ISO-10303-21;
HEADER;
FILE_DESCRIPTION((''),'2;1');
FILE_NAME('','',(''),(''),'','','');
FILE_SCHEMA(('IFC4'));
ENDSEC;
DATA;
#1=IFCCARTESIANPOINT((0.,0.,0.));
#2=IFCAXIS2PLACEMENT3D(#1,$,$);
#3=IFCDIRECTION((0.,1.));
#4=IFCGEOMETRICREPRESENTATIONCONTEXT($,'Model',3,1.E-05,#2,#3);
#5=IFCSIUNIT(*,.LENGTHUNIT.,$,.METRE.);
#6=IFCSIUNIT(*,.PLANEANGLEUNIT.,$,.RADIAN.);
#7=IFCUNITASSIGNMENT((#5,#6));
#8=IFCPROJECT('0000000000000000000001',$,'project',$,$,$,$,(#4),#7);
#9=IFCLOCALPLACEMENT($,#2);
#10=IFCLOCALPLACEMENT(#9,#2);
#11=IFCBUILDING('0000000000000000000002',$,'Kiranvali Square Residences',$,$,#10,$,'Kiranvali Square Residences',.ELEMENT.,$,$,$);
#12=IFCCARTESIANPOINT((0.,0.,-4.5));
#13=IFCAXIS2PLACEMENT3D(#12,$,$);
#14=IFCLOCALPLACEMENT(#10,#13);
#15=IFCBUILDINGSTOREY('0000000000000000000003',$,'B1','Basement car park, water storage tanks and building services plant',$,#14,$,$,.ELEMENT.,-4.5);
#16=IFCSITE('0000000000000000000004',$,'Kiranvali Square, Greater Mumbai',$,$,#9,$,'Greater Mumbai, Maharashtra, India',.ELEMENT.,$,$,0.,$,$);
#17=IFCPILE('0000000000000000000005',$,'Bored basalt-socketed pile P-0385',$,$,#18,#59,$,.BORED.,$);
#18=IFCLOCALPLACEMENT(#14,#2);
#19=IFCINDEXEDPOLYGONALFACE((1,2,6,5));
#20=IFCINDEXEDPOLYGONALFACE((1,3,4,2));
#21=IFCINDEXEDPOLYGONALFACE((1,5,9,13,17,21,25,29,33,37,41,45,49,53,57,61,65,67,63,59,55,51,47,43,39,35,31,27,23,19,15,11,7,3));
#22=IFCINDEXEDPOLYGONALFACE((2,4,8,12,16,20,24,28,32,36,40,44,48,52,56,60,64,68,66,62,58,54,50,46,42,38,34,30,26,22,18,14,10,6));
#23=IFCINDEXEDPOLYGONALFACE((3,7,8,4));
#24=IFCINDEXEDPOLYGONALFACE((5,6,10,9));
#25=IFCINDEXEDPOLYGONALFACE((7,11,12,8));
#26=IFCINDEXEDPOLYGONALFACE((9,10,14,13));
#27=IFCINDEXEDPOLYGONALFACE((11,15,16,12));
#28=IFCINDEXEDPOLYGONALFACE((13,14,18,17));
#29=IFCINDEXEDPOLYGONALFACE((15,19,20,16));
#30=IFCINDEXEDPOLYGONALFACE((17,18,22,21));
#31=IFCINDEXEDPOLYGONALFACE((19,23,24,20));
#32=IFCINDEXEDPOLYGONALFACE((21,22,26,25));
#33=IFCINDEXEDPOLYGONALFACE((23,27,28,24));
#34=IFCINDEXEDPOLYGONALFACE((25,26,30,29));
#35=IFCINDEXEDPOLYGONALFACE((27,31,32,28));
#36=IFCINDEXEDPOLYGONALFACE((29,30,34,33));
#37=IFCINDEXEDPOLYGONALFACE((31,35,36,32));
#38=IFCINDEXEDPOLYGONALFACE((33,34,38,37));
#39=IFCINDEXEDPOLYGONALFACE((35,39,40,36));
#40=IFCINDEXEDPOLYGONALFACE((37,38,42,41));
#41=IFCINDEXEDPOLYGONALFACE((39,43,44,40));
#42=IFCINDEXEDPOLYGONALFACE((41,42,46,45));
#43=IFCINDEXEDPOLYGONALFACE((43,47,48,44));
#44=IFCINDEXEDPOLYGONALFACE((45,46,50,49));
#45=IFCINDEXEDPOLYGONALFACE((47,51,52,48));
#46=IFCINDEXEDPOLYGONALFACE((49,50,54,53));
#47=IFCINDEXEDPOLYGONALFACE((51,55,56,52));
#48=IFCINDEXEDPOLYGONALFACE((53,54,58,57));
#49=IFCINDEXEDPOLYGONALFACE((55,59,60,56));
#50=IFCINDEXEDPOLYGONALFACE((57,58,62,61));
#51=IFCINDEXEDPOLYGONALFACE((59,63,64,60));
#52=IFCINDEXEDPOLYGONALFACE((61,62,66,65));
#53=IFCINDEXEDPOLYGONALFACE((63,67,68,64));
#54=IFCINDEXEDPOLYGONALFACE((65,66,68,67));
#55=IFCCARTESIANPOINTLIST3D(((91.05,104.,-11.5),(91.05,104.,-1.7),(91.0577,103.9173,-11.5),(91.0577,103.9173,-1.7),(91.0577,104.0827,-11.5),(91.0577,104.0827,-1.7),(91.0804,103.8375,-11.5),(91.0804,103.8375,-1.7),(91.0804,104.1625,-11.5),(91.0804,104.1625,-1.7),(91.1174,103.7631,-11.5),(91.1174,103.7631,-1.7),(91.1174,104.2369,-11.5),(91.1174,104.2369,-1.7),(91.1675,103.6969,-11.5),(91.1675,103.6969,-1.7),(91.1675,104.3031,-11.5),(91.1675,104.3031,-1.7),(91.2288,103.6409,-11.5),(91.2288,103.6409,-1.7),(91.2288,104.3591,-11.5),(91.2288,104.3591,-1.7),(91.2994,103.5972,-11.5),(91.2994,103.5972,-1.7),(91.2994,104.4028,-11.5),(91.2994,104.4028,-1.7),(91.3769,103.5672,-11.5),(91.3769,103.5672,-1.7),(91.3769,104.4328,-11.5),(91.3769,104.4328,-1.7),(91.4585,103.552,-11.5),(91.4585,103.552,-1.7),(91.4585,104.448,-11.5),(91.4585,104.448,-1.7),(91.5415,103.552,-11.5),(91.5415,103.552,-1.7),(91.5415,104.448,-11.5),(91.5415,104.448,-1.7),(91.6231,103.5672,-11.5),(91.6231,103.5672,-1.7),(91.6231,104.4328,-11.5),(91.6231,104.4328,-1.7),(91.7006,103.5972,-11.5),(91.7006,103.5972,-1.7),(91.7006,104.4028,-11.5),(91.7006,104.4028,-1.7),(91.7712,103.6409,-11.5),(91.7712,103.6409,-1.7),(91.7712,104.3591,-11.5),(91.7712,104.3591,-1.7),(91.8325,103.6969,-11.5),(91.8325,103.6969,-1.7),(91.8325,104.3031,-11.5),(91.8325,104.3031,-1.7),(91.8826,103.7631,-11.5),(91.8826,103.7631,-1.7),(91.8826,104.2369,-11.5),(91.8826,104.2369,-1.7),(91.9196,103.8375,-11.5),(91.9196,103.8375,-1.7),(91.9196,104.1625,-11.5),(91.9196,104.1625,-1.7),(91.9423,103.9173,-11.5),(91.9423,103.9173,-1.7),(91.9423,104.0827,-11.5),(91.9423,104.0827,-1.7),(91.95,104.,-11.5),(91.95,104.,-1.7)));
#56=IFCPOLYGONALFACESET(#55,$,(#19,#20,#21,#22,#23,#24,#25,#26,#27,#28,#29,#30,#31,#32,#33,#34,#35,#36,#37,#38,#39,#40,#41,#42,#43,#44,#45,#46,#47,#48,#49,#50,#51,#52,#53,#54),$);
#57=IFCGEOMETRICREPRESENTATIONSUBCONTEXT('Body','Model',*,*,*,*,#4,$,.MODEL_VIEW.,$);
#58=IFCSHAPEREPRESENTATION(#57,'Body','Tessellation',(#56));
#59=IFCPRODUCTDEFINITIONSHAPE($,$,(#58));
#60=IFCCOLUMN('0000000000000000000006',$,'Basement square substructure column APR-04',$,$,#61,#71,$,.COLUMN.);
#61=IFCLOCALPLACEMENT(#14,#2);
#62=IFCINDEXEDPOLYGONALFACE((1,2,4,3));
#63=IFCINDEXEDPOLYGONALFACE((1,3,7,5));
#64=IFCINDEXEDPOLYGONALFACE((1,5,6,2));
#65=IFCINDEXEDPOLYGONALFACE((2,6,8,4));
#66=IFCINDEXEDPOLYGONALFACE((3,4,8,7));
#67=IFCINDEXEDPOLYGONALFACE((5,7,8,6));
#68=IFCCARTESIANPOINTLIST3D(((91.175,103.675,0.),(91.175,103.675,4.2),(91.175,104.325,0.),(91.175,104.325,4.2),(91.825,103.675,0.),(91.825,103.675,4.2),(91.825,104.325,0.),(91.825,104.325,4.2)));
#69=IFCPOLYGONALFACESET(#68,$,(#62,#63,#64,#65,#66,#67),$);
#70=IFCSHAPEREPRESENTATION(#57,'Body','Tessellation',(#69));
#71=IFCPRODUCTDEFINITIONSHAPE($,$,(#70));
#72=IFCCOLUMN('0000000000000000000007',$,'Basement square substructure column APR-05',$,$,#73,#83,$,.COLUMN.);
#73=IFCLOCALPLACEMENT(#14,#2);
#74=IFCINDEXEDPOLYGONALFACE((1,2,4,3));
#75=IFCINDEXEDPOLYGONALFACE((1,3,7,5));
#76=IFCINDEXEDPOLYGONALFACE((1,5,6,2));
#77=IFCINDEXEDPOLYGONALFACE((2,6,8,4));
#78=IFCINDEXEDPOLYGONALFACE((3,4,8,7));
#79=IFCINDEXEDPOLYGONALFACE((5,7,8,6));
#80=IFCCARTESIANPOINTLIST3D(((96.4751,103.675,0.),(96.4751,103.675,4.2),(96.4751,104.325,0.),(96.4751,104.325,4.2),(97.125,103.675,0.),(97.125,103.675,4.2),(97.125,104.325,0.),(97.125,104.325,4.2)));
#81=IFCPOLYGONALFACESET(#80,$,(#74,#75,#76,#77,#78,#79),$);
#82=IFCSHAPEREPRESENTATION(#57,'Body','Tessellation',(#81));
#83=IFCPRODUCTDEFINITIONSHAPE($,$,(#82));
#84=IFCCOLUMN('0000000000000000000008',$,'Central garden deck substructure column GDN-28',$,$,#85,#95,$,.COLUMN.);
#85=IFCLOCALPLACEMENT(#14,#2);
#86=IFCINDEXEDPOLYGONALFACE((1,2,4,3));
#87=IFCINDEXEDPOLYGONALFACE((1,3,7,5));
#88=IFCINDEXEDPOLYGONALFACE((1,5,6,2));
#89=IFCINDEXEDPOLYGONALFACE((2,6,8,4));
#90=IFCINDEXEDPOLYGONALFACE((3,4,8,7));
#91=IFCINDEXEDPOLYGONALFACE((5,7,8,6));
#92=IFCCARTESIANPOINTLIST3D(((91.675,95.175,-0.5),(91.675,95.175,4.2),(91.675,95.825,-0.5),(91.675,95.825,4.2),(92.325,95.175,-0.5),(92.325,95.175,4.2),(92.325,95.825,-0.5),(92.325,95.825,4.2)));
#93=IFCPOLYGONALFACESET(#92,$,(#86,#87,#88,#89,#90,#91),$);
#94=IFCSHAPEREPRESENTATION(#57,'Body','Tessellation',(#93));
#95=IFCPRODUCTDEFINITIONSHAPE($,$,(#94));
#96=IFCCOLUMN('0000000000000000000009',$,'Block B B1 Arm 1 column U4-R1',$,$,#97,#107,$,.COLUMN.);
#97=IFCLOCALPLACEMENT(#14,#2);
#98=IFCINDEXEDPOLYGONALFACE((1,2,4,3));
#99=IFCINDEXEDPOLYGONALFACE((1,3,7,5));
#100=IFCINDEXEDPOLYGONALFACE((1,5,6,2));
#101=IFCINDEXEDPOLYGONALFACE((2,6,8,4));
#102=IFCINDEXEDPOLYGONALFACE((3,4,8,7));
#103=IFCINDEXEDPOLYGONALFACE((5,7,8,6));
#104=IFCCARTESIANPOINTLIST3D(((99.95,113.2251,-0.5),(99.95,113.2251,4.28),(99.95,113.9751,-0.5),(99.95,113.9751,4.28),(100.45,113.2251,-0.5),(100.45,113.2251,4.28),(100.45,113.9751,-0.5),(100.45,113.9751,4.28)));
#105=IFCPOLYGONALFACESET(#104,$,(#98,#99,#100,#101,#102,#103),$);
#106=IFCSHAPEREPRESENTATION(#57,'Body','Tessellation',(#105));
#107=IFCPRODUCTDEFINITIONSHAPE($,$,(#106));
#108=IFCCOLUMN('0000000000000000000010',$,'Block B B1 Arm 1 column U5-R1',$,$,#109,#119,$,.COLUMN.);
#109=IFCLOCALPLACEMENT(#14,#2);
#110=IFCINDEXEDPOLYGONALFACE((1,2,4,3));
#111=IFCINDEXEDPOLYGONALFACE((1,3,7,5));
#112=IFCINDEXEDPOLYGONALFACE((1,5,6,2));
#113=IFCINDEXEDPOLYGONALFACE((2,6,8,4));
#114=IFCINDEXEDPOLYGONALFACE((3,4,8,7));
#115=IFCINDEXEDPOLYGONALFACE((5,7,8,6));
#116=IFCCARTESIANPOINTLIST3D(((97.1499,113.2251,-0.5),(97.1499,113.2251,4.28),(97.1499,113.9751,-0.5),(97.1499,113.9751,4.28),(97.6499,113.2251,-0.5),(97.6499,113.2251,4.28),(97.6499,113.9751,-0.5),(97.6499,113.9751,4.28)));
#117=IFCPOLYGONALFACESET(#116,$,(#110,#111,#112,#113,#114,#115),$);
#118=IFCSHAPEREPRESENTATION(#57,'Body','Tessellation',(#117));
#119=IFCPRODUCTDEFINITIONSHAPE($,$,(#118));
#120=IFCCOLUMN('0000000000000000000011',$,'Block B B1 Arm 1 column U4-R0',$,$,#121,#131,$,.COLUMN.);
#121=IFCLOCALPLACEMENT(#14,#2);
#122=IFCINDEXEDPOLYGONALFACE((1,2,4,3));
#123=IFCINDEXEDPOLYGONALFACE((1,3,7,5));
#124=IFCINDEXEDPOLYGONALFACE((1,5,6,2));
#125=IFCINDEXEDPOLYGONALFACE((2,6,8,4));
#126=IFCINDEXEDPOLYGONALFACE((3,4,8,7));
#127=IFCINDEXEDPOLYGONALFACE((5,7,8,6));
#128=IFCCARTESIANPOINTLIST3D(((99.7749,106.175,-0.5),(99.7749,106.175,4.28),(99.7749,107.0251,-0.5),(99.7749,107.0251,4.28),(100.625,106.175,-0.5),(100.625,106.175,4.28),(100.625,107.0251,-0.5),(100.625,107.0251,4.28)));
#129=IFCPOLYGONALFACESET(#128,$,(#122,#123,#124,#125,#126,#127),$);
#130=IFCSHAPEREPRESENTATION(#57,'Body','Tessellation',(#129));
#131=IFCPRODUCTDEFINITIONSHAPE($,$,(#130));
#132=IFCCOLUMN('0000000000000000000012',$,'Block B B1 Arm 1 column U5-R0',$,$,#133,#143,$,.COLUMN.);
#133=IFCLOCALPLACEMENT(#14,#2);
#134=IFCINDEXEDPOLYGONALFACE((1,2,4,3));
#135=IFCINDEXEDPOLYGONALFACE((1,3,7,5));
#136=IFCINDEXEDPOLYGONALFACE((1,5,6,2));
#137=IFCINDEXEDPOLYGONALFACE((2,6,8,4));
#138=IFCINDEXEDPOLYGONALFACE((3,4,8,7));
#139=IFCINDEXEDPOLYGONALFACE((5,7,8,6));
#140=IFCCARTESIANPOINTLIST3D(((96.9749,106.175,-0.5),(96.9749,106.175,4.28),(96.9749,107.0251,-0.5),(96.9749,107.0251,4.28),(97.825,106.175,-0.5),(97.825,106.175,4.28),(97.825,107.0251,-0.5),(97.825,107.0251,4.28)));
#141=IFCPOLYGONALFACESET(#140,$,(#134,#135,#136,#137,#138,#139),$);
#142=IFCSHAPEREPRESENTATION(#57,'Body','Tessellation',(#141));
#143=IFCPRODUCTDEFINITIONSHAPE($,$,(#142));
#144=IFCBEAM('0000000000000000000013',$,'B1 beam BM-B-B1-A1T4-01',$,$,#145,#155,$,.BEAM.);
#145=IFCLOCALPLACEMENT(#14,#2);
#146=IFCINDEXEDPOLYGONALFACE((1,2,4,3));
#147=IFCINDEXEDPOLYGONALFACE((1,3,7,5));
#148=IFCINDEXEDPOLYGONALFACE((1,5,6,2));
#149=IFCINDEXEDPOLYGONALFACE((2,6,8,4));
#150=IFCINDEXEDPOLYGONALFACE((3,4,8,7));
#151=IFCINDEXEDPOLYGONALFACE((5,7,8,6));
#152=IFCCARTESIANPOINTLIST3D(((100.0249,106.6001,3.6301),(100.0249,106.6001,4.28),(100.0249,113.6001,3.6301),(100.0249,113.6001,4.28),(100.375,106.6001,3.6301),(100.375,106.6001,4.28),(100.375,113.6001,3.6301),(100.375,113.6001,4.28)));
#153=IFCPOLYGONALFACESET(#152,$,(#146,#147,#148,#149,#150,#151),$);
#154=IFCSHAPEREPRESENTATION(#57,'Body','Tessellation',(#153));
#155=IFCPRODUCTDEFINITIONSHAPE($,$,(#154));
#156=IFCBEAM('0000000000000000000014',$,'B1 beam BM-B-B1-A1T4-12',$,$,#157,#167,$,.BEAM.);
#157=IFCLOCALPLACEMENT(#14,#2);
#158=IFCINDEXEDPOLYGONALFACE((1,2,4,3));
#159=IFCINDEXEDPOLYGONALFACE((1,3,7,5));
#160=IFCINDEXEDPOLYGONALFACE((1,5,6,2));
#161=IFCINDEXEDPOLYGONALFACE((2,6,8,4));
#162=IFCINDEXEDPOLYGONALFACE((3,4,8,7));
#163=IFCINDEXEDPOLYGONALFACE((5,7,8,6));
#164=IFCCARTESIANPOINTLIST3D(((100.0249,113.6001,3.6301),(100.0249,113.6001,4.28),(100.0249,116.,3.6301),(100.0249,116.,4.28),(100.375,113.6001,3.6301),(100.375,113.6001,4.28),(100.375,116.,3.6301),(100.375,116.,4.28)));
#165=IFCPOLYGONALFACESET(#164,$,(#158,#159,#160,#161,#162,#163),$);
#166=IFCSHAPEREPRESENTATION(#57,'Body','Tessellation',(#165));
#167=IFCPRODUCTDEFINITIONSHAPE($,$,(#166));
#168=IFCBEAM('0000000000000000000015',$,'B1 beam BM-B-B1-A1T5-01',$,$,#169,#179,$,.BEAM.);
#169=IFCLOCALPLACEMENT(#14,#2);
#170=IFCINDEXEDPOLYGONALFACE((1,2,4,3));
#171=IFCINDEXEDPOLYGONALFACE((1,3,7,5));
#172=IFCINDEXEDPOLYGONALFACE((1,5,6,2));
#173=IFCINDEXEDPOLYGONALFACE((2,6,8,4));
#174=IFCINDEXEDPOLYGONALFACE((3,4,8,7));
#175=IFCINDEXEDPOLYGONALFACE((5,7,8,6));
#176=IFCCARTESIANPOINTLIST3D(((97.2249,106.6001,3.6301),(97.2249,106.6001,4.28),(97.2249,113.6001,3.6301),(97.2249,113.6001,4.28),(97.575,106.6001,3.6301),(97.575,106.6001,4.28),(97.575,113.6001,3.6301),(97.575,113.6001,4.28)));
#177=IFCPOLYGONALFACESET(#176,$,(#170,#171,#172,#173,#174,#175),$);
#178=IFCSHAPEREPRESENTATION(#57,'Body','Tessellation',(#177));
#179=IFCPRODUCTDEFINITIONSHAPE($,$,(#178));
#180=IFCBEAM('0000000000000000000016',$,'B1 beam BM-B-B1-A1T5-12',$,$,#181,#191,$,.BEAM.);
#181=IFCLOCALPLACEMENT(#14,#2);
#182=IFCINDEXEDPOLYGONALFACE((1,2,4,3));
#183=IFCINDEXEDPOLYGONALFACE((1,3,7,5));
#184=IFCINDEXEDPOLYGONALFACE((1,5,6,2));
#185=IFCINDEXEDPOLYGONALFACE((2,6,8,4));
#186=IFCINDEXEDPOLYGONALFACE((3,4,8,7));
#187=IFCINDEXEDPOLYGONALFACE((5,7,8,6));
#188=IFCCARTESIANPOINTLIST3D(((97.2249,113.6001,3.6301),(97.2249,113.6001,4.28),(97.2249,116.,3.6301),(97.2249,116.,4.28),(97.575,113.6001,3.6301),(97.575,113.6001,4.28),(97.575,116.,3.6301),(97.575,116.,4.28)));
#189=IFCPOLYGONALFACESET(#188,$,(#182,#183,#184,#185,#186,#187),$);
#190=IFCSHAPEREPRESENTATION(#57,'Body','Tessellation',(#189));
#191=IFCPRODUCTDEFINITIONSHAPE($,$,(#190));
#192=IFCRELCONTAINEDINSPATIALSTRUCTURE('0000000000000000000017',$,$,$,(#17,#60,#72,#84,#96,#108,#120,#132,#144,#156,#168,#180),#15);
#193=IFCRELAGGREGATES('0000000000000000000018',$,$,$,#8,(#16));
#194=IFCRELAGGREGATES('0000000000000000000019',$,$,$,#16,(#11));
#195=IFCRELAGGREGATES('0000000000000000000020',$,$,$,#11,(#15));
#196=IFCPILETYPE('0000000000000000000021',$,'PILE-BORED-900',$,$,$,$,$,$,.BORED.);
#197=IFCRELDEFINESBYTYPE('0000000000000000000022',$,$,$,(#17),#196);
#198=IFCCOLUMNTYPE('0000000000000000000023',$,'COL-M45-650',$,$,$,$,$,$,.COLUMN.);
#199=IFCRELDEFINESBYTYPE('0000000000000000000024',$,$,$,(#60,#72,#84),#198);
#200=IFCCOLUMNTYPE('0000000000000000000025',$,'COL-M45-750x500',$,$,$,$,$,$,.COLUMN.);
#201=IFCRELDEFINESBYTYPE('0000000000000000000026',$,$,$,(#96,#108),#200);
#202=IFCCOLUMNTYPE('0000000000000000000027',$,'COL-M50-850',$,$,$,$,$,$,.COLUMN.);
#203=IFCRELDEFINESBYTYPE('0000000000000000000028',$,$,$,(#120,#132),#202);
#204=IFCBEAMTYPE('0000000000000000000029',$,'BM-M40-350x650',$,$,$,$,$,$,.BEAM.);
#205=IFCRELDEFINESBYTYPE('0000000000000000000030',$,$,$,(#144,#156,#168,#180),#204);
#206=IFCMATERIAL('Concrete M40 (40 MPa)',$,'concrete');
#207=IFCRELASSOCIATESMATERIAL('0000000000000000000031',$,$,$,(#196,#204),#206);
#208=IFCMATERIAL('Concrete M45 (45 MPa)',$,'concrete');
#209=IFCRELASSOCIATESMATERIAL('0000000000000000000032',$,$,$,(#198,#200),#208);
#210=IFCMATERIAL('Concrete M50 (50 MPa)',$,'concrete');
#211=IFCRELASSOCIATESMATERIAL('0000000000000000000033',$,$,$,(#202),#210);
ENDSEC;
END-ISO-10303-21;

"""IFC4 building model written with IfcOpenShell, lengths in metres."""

from ifc_helpers import new_model, si_unit, direction, frame, origin, origin_2d, place, context, subcontext, project, spatial, rectangle, circle, extrude, material, material_profile, profile_set, type_object, element, save


model = new_model("IFC4")

# Units and contexts
model_context = context("Model", 3, precision=1e-05, world=origin(), true_north=direction((0.0, 1.0)))
body_context = subcontext(model_context, "Body", "Model", "MODEL_VIEW")
ifc_project = project(units=[si_unit("LENGTHUNIT", "METRE"), si_unit("PLANEANGLEUNIT", "RADIAN")], contexts=[model_context])

# Site, building, storey
site_placement = place(None, origin())
site = spatial("IfcSite", under=ifc_project, at=site_placement, Name="Kiranvali Square, Greater Mumbai", LongName="Greater Mumbai, Maharashtra, India", CompositionType="ELEMENT", RefElevation=0.0)
building_placement = place(site_placement, origin())
building = spatial("IfcBuilding", under=site, at=building_placement, Name="Kiranvali Square Residences", LongName="Kiranvali Square Residences", CompositionType="ELEMENT")
storey_placement = place(building_placement, frame((0.0, 0.0, -4.5)))
storey = spatial("IfcBuildingStorey", under=building, at=storey_placement, Name="B1", Description="Basement car park, water storage tanks and building services plant", CompositionType="ELEMENT", Elevation=-4.5)

# Shared definitions
ifc_material_1 = material(Name="Concrete M40 (40 MPa)", Category="concrete")

# Pile
ifc_material_profile_1 = material_profile(ifc_material_1, circle(Radius=0.45, at=origin_2d()), Name="BORED PILE 900")
ifc_profile_set_1 = profile_set([ifc_material_profile_1], Name="Concrete M40 (40 MPa)")
pile_type_1 = type_object("IfcPileType", Name="PILE-BORED-900", PredefinedType="BORED", material=ifc_profile_set_1)
for number, where, z_axis, x_axis, name in (
    (1, (91.5, 104.0, -1.7), (0.0, 0.0, -1.0), (1.0, 0.0, 0.0), "Bored basalt-socketed pile P-0385"),
):
    element("IfcPile", number, at=place(storey_placement, frame(where, z_axis=z_axis, x_axis=x_axis)), inside=storey, type_object=pile_type_1, Name=name, PredefinedType="BORED", context=body_context, shape_type="SweptSolid", body=[
        extrude(circle(Radius=0.45, at=origin_2d()), origin(), (0.0, 0.0, 1.0), 9.8),
    ])

# Columns
ifc_material_2 = material(Name="Concrete M45 (45 MPa)", Category="concrete")
ifc_material_profile_2 = material_profile(ifc_material_2, rectangle(XDim=0.6499, YDim=0.6499, at=origin_2d()), Name="RC 650x650")
ifc_profile_set_2 = profile_set([ifc_material_profile_2], Name="Concrete M45 (45 MPa)")
column_type_1 = type_object("IfcColumnType", Name="COL-M45-650", PredefinedType="COLUMN", material=ifc_profile_set_2)
for number, where, z_axis, x_axis, name in (
    (2, (91.5, 104.0, 0.0), (0.0, 0.0, 1.0), (1.0, 0.0, 0.0), "Basement square substructure column APR-04"),
    (3, (96.8, 104.0, 0.0), (0.0, 0.0, 1.0), (1.0, 0.0, 0.0), "Basement square substructure column APR-05"),
):
    element("IfcColumn", number, at=place(storey_placement, frame(where, z_axis=z_axis, x_axis=x_axis)), inside=storey, type_object=column_type_1, Name=name, PredefinedType="COLUMN", context=body_context, shape_type="SweptSolid", body=[
        extrude(rectangle(XDim=0.6499, YDim=0.6499, at=origin_2d()), origin(), (0.0, 0.0, 1.0), 4.2),
    ])
column_placement = place(storey_placement, frame((92.0, 95.5, -0.5), z_axis=(0.0, 0.0, 1.0), x_axis=(1.0, 0.0, 0.0)))
element("IfcColumn", 4, at=column_placement, inside=storey, type_object=column_type_1, Name="Central garden deck substructure column GDN-28", PredefinedType="COLUMN", context=body_context, shape_type="SweptSolid", body=[
    extrude(rectangle(XDim=0.6499, YDim=0.6499, at=origin_2d()), origin(), (0.0, 0.0, 1.0), 4.7),
])
ifc_material_profile_3 = material_profile(ifc_material_2, rectangle(XDim=0.5, YDim=0.75, at=origin_2d()), Name="RC 750x500")
ifc_profile_set_3 = profile_set([ifc_material_profile_3], Name="Concrete M45 (45 MPa)")
column_type_2 = type_object("IfcColumnType", Name="COL-M45-750x500", PredefinedType="COLUMN", material=ifc_profile_set_3)
for number, where, z_axis, x_axis, name in (
    (5, (100.2, 113.6001, -0.5), (0.0, 0.0, 1.0), (1.0, 0.0, 0.0), "Block B B1 Arm 1 column U4-R1"),
    (6, (97.3999, 113.6001, -0.5), (0.0, 0.0, 1.0), (1.0, 0.0, 0.0), "Block B B1 Arm 1 column U5-R1"),
):
    element("IfcColumn", number, at=place(storey_placement, frame(where, z_axis=z_axis, x_axis=x_axis)), inside=storey, type_object=column_type_2, Name=name, PredefinedType="COLUMN", context=body_context, shape_type="SweptSolid", body=[
        extrude(rectangle(XDim=0.5, YDim=0.75, at=origin_2d()), origin(), (0.0, 0.0, 1.0), 4.78),
    ])
ifc_material_3 = material(Name="Concrete M50 (50 MPa)", Category="concrete")
ifc_material_profile_4 = material_profile(ifc_material_3, rectangle(XDim=0.8501, YDim=0.8501, at=origin_2d()), Name="RC 850x850")
ifc_profile_set_4 = profile_set([ifc_material_profile_4], Name="Concrete M50 (50 MPa)")
column_type_3 = type_object("IfcColumnType", Name="COL-M50-850", PredefinedType="COLUMN", material=ifc_profile_set_4)
for number, where, z_axis, x_axis, name in (
    (7, (100.2, 106.6001, -0.5), (0.0, 0.0, 1.0), (1.0, 0.0, 0.0), "Block B B1 Arm 1 column U4-R0"),
    (8, (97.3999, 106.6001, -0.5), (0.0, 0.0, 1.0), (1.0, 0.0, 0.0), "Block B B1 Arm 1 column U5-R0"),
):
    element("IfcColumn", number, at=place(storey_placement, frame(where, z_axis=z_axis, x_axis=x_axis)), inside=storey, type_object=column_type_3, Name=name, PredefinedType="COLUMN", context=body_context, shape_type="SweptSolid", body=[
        extrude(rectangle(XDim=0.8501, YDim=0.8501, at=origin_2d()), origin(), (0.0, 0.0, 1.0), 4.78),
    ])

# Beams
ifc_material_profile_5 = material_profile(ifc_material_1, rectangle(XDim=0.3501, YDim=0.6499, at=origin_2d()), Name="RC 350x650")
ifc_profile_set_5 = profile_set([ifc_material_profile_5], Name="Concrete M40 (40 MPa)")
beam_type_1 = type_object("IfcBeamType", Name="BM-M40-350x650", PredefinedType="BEAM", material=ifc_profile_set_5)
beam_1_placement = place(storey_placement, frame((100.2, 106.6001, 3.9551), z_axis=(0.0, 1.0, 0.0), x_axis=(-1.0, 0.0, 0.0)))
element("IfcBeam", 9, at=beam_1_placement, inside=storey, type_object=beam_type_1, Name="B1 beam BM-B-B1-A1T4-01", PredefinedType="BEAM", context=body_context, shape_type="SweptSolid", body=[
    extrude(rectangle(XDim=0.3501, YDim=0.6499, at=origin_2d()), origin(), (0.0, 0.0, 1.0), 7.0),
])
beam_2_placement = place(storey_placement, frame((100.2, 113.6001, 3.9551), z_axis=(0.0, 1.0, 0.0), x_axis=(-1.0, 0.0, 0.0)))
element("IfcBeam", 10, at=beam_2_placement, inside=storey, type_object=beam_type_1, Name="B1 beam BM-B-B1-A1T4-12", PredefinedType="BEAM", context=body_context, shape_type="SweptSolid", body=[
    extrude(rectangle(XDim=0.3501, YDim=0.6499, at=origin_2d()), origin(), (0.0, 0.0, 1.0), 2.3999),
])
beam_3_placement = place(storey_placement, frame((97.3999, 106.6001, 3.9551), z_axis=(0.0, 1.0, 0.0), x_axis=(-1.0, 0.0, 0.0)))
element("IfcBeam", 11, at=beam_3_placement, inside=storey, type_object=beam_type_1, Name="B1 beam BM-B-B1-A1T5-01", PredefinedType="BEAM", context=body_context, shape_type="SweptSolid", body=[
    extrude(rectangle(XDim=0.3501, YDim=0.6499, at=origin_2d()), origin(), (0.0, 0.0, 1.0), 7.0),
])
beam_4_placement = place(storey_placement, frame((97.3999, 113.6001, 3.9551), z_axis=(0.0, 1.0, 0.0), x_axis=(-1.0, 0.0, 0.0)))
element("IfcBeam", 12, at=beam_4_placement, inside=storey, type_object=beam_type_1, Name="B1 beam BM-B-B1-A1T5-12", PredefinedType="BEAM", context=body_context, shape_type="SweptSolid", body=[
    extrude(rectangle(XDim=0.3501, YDim=0.6499, at=origin_2d()), origin(), (0.0, 0.0, 1.0), 2.3999),
])

save(model, "model.ifc")
